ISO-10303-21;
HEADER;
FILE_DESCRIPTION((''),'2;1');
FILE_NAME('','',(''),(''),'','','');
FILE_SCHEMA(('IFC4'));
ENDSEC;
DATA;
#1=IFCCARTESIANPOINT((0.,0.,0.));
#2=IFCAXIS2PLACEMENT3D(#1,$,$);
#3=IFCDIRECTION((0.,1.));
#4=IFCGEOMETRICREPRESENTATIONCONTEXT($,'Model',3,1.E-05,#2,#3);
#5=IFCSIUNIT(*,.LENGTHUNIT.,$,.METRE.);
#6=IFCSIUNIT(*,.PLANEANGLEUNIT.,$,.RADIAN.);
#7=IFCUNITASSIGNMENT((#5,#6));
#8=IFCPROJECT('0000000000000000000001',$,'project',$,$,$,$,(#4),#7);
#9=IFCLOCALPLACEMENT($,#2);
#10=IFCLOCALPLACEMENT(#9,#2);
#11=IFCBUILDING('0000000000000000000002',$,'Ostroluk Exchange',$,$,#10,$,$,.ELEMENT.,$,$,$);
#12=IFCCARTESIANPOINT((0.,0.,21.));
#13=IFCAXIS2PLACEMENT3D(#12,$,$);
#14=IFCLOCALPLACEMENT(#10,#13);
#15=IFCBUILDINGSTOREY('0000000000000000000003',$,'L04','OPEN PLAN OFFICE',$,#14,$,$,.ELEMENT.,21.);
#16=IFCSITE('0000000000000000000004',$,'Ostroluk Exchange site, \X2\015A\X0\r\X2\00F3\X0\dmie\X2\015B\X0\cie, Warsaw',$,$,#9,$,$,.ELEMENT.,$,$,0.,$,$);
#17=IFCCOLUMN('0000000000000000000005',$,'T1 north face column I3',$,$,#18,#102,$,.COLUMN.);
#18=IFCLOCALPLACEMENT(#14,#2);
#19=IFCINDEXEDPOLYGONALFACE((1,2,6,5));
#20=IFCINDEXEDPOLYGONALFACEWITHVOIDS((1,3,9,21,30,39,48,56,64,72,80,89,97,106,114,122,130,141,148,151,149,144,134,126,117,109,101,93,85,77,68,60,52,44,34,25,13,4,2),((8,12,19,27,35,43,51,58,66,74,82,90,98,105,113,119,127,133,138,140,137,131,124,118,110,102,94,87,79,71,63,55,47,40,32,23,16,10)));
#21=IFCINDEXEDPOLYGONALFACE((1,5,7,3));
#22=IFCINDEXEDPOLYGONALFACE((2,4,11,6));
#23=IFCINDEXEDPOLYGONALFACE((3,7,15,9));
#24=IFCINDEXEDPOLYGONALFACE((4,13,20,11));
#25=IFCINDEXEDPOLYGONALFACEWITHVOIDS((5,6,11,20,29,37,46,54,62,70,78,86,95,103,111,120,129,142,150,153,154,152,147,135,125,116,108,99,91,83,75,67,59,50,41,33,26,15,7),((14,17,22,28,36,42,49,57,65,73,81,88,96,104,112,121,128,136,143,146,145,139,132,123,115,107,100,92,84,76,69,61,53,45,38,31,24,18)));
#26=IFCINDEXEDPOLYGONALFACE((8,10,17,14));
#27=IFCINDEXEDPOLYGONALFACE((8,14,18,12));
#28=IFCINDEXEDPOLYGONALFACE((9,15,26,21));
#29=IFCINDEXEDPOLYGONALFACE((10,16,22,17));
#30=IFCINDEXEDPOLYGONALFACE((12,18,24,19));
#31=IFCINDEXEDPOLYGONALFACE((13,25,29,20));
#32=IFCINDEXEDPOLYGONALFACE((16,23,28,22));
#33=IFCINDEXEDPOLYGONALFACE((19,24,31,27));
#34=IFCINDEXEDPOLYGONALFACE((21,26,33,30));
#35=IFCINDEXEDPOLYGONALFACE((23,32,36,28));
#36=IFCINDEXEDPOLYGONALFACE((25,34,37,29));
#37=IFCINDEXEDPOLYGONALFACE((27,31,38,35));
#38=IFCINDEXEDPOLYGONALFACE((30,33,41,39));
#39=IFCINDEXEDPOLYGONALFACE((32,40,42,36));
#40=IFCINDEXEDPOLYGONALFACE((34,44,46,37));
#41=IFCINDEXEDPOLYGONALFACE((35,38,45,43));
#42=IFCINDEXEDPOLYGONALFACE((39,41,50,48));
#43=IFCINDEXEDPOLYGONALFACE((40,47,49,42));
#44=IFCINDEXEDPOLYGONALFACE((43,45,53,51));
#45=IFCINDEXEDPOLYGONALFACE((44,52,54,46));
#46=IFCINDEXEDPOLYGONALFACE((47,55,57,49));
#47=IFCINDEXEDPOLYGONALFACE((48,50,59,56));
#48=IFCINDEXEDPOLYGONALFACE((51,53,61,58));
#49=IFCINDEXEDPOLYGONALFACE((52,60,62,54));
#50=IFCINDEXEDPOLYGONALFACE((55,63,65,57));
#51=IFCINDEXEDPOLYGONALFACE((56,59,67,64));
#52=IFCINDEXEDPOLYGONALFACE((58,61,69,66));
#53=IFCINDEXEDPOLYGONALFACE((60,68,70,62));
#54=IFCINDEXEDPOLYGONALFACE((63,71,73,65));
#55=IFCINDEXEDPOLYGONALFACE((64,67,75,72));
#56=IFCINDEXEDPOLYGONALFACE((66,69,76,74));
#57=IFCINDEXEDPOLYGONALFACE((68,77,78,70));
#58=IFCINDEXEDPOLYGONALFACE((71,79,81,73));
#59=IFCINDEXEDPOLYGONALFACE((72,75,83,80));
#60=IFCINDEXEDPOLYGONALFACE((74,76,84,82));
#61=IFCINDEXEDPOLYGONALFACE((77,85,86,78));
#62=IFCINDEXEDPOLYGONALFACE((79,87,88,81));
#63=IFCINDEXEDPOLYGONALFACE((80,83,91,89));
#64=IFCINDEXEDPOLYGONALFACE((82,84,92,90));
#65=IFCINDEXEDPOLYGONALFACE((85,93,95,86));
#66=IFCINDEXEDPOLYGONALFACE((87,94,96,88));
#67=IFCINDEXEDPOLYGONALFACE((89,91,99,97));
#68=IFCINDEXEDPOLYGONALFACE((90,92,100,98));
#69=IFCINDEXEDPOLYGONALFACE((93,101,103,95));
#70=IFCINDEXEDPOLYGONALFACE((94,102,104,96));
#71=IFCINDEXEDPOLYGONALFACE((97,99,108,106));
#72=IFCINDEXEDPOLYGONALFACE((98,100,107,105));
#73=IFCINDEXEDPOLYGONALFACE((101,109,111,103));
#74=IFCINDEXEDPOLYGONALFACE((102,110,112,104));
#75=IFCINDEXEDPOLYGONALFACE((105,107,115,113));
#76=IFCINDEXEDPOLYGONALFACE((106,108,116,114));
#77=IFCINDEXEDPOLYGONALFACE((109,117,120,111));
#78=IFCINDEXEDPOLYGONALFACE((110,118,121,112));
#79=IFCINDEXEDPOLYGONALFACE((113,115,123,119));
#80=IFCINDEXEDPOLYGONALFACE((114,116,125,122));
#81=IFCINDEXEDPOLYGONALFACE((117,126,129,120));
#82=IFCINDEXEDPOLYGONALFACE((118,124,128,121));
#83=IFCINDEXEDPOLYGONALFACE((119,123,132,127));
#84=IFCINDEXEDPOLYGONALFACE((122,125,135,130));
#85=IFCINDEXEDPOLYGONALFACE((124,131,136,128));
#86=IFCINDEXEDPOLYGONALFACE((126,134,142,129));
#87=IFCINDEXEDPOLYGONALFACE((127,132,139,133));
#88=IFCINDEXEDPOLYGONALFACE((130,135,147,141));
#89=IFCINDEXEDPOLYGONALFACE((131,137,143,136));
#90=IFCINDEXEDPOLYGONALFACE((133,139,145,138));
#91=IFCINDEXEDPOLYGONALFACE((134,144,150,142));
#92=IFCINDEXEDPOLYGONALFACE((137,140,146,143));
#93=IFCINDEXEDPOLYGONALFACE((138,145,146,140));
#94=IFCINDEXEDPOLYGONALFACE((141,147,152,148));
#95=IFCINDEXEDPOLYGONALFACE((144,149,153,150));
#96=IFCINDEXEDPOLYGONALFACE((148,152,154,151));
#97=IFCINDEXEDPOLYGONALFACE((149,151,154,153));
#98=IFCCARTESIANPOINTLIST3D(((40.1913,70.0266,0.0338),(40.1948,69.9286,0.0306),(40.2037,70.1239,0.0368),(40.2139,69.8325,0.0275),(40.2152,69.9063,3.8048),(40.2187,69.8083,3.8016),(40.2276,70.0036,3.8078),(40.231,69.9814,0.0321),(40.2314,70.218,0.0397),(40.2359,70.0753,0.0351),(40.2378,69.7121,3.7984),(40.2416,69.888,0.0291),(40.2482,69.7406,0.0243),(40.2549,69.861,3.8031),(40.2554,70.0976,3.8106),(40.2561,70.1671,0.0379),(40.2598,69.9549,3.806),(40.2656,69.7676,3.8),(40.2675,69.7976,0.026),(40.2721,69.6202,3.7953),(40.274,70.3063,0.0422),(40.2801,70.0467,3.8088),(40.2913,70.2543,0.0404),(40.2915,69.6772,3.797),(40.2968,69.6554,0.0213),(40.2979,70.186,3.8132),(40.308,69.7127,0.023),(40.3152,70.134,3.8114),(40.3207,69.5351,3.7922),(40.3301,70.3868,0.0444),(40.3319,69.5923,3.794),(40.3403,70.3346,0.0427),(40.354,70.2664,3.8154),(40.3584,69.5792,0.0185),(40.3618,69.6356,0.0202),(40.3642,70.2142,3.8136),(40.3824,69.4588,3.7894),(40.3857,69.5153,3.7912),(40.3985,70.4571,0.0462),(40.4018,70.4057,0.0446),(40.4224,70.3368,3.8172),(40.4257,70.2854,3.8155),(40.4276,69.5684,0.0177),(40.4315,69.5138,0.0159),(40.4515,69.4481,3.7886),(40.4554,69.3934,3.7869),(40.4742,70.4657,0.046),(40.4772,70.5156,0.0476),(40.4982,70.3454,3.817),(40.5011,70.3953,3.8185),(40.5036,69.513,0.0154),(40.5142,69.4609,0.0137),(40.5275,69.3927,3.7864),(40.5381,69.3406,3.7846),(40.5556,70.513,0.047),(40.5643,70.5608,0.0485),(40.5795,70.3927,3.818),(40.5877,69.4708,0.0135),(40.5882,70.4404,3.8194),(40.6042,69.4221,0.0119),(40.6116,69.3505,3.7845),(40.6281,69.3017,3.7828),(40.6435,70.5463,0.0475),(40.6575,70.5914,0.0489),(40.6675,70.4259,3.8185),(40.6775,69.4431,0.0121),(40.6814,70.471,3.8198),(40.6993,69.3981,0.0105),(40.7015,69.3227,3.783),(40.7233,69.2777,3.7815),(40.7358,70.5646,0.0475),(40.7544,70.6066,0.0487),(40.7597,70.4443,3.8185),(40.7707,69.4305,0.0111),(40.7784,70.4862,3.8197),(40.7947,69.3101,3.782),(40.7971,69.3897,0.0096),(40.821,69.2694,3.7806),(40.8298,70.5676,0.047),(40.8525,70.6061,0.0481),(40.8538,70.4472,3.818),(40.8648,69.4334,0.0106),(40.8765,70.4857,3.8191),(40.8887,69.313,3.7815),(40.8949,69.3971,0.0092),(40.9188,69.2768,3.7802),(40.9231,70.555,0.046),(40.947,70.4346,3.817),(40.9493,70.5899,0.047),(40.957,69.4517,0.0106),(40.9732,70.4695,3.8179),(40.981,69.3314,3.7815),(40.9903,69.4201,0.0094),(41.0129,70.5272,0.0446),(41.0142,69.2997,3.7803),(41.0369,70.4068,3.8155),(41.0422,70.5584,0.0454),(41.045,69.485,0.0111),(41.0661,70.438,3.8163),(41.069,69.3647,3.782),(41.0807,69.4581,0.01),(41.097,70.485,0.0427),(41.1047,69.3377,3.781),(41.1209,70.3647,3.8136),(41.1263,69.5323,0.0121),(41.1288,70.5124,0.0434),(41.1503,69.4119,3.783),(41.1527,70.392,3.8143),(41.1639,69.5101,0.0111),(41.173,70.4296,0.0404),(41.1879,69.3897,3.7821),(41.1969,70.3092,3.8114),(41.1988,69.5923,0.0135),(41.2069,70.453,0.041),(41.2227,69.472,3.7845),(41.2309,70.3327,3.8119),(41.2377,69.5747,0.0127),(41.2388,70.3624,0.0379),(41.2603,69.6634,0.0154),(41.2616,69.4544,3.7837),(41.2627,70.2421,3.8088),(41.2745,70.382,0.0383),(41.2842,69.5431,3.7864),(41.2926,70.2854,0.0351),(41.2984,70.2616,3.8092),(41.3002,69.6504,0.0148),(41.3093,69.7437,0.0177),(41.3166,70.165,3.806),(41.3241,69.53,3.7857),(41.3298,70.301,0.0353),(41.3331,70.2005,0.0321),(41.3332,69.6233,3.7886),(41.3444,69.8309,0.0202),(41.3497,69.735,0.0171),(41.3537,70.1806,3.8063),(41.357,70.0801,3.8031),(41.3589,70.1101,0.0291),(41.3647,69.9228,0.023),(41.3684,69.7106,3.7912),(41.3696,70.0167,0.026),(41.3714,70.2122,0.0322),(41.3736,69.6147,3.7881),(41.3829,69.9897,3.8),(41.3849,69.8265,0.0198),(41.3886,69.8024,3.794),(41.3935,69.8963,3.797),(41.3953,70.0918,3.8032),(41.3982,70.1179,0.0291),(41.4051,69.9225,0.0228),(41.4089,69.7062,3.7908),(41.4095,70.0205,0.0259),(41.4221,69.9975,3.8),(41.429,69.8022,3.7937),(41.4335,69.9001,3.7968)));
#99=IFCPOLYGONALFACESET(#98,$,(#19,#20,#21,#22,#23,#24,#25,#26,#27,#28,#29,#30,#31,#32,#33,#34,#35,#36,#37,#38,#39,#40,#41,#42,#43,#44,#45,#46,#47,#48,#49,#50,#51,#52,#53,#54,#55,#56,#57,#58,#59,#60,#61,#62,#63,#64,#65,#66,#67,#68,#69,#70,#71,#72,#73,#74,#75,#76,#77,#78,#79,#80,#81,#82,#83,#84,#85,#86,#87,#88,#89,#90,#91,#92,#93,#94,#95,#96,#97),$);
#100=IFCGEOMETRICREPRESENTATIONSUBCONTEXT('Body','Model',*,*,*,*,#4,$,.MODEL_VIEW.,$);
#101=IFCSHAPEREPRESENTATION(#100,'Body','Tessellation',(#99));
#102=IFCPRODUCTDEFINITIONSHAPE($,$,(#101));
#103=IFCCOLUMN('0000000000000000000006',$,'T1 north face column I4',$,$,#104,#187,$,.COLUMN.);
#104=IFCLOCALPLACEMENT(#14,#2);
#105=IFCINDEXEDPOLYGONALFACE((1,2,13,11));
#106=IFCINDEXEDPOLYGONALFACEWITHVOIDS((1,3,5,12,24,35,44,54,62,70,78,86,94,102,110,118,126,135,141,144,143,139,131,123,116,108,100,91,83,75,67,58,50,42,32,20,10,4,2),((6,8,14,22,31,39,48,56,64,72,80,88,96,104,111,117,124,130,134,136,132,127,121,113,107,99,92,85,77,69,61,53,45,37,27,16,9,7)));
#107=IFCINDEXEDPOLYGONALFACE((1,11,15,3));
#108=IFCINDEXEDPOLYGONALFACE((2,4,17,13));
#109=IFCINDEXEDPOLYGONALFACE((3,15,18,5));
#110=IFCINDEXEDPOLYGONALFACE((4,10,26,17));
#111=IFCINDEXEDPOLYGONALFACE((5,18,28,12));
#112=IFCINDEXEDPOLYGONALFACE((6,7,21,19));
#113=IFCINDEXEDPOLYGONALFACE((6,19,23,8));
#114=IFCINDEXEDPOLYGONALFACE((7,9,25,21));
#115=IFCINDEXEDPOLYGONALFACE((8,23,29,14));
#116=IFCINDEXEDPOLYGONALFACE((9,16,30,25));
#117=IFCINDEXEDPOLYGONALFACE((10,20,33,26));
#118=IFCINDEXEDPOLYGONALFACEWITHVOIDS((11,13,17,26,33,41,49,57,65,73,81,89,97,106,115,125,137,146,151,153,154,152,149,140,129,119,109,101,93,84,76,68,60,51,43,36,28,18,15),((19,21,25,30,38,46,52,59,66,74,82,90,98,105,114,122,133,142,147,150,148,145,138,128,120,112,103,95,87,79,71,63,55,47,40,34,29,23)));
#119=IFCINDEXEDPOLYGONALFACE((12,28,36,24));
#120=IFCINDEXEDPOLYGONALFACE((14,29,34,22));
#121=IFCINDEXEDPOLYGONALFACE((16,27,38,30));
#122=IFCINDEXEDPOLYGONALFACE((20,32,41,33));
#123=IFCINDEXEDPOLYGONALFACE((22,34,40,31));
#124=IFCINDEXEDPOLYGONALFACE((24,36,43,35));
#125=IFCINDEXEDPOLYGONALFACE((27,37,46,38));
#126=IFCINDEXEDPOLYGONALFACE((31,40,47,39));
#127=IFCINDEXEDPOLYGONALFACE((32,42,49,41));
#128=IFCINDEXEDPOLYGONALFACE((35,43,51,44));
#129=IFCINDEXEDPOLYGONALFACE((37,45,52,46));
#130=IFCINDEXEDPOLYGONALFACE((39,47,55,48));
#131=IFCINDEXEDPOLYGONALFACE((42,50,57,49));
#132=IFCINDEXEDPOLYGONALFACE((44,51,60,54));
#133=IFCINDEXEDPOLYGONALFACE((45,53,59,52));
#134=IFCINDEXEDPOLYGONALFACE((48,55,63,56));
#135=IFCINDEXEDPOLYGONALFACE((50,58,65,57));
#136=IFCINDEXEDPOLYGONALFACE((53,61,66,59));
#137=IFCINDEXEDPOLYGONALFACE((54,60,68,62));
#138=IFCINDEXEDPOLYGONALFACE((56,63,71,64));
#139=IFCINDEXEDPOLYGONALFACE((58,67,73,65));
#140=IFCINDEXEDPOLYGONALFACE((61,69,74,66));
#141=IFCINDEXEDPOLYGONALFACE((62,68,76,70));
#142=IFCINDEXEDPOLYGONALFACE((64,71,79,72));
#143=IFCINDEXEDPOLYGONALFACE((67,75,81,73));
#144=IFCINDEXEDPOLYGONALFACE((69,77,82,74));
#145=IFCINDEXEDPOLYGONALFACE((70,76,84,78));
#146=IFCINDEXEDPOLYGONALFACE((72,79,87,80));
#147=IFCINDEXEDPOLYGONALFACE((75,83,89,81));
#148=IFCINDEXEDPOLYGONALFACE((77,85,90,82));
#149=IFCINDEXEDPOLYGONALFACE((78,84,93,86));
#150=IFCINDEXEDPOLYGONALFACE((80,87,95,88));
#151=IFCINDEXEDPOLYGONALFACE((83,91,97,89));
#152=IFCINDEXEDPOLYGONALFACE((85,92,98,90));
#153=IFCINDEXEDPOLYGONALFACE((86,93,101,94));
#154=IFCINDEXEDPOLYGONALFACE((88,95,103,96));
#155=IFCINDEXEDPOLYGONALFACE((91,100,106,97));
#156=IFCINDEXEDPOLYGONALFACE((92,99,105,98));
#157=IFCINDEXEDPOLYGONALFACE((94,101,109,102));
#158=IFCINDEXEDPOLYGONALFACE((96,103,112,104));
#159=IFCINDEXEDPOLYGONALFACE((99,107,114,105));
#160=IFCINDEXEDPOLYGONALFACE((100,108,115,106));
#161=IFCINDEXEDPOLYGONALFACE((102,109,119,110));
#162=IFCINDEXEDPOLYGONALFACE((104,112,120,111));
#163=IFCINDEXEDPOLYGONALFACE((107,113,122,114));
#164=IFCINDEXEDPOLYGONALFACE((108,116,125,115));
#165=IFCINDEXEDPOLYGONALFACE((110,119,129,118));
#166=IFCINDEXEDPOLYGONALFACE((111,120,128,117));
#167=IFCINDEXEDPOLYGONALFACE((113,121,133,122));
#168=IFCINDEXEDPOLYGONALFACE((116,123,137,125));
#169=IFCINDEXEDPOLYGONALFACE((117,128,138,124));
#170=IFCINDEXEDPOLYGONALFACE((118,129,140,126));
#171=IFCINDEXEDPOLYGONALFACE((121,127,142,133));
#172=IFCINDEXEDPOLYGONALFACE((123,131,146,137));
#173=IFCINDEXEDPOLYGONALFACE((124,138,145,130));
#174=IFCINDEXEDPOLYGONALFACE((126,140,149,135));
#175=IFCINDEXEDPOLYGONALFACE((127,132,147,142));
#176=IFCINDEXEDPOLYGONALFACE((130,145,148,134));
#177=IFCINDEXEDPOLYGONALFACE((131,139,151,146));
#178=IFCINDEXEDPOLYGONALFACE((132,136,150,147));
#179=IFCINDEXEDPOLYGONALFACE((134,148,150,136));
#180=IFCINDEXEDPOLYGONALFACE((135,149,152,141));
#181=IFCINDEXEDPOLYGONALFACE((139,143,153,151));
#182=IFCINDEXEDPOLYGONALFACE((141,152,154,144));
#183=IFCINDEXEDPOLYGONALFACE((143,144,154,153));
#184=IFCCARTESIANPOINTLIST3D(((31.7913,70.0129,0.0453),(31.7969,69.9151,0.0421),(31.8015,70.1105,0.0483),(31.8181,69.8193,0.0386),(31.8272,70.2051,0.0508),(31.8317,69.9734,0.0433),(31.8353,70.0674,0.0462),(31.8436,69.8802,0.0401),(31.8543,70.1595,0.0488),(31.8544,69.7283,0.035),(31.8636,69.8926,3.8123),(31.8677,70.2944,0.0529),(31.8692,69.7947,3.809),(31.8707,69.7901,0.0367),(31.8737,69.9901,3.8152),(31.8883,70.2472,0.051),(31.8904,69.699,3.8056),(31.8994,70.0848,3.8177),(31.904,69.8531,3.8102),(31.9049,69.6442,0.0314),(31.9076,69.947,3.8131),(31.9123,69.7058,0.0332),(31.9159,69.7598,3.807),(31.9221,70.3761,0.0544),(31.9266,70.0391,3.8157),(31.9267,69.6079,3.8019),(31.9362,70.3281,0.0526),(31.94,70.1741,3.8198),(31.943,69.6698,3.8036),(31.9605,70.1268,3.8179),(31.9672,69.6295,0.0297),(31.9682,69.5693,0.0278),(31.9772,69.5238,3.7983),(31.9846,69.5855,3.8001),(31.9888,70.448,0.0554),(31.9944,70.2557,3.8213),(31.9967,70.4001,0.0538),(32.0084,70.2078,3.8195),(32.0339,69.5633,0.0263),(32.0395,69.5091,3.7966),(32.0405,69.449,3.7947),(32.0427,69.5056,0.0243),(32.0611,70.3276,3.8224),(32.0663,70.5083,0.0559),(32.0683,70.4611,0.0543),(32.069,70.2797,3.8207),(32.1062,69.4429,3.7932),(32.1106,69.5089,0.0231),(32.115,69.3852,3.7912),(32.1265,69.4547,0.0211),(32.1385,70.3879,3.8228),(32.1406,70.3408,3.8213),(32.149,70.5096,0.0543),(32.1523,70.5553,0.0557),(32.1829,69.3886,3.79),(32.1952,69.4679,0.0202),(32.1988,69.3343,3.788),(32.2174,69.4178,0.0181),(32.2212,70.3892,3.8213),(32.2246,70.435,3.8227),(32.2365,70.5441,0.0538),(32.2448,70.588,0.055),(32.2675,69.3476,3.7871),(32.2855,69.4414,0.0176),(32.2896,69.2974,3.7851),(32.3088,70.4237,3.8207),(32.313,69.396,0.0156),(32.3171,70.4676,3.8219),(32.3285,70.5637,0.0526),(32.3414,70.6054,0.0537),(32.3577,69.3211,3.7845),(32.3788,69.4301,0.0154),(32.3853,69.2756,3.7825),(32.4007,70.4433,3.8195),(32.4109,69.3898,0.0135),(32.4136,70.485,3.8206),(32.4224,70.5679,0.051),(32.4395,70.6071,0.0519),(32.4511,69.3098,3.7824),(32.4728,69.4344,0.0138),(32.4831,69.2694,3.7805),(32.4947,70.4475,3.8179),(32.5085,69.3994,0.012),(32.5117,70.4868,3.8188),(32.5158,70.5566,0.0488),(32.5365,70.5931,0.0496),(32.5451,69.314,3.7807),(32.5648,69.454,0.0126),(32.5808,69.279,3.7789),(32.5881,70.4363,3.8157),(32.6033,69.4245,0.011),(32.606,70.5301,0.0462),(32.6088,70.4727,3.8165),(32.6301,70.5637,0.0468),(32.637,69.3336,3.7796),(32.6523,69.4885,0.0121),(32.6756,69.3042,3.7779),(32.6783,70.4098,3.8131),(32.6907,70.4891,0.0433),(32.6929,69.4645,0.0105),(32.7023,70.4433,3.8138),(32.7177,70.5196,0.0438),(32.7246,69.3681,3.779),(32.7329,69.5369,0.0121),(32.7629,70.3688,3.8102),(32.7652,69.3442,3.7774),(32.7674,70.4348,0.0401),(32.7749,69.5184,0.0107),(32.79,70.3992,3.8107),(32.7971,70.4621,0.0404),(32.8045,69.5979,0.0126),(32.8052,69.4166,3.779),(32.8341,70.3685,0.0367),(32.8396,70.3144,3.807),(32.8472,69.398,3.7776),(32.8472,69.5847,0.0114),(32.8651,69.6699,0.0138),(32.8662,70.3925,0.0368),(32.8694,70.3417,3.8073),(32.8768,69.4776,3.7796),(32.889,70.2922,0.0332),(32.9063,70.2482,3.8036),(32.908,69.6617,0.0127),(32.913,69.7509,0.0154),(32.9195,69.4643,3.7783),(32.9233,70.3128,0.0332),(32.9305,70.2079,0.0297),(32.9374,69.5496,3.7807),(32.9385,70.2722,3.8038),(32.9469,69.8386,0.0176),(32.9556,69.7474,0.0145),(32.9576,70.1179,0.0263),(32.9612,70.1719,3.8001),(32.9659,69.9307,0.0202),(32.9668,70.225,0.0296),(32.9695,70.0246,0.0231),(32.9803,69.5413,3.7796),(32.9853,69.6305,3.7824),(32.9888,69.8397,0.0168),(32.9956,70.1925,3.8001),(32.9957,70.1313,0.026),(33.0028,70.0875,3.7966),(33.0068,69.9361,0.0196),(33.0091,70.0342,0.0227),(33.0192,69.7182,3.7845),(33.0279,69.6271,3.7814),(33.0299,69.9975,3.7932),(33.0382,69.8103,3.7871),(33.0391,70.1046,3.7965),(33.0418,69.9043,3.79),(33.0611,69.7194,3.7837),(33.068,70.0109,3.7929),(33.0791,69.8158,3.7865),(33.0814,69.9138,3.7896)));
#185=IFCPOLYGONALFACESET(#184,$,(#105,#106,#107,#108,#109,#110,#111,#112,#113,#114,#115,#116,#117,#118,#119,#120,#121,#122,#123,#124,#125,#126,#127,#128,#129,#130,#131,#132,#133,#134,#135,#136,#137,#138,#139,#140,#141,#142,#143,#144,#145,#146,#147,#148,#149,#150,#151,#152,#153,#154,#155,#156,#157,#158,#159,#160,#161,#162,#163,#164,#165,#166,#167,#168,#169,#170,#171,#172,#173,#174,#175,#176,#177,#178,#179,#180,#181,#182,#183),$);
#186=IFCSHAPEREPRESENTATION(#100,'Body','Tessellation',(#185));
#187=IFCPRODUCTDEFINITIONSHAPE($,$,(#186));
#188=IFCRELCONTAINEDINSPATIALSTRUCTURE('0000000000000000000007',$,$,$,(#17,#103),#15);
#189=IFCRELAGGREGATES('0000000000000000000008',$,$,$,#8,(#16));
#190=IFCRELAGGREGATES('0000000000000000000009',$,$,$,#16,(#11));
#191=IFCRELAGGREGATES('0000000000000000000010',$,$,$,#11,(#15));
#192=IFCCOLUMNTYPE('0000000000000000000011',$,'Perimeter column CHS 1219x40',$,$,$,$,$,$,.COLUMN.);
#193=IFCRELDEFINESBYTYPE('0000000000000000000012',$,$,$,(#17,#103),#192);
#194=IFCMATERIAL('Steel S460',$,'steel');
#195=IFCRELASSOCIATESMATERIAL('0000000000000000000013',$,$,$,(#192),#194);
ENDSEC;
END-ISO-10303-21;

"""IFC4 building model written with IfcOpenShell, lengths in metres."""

from ifc_helpers import new_model, si_unit, direction, frame, origin, origin_2d, place, context, subcontext, project, spatial, hollow_circle, extrude, material, material_profile, profile_set, type_object, element, save


model = new_model("IFC4")

# Units and contexts
model_context = context("Model", 3, precision=1e-05, world=origin(), true_north=direction((0.0, 1.0)))
body_context = subcontext(model_context, "Body", "Model", "MODEL_VIEW")
ifc_project = project(units=[si_unit("LENGTHUNIT", "METRE"), si_unit("PLANEANGLEUNIT", "RADIAN")], contexts=[model_context])

# Site, building, storey
site_placement = place(None, origin())
site = spatial("IfcSite", under=ifc_project, at=site_placement, Name="Ostroluk Exchange site, Śródmieście, Warsaw", CompositionType="ELEMENT", RefElevation=0.0)
building_placement = place(site_placement, origin())
building = spatial("IfcBuilding", under=site, at=building_placement, Name="Ostroluk Exchange", CompositionType="ELEMENT")
storey_placement = place(building_placement, frame((0.0, 0.0, 21.0)))
storey = spatial("IfcBuildingStorey", under=building, at=storey_placement, Name="L04", Description="OPEN PLAN OFFICE", CompositionType="ELEMENT", Elevation=21.0)

# Columns
ifc_material_1 = material(Name="Steel S460", Category="steel")
ifc_material_profile_1 = material_profile(ifc_material_1, hollow_circle(Radius=0.6096, WallThickness=0.04, at=origin_2d()), Name="CHS 1219x40")
ifc_profile_set_1 = profile_set([ifc_material_profile_1], Name="Steel S460")
column_type = type_object("IfcColumnType", Name="Perimeter column CHS 1219x40", PredefinedType="COLUMN", material=ifc_profile_set_1)
column_1_placement = place(storey_placement, frame((40.8003, 69.999, 0.0291), z_axis=(0.006341, -0.031901, 0.999471), x_axis=(0.98081, 0.194968, 0.0)))
element("IfcColumn", 1, at=column_1_placement, inside=storey, type_object=column_type, Name="T1 north face column I3", PredefinedType="COLUMN", context=body_context, shape_type="SweptSolid", body=[
    extrude(hollow_circle(Radius=0.6096, WallThickness=0.04, at=origin_2d()), origin(), (0.0, 0.0, 1.0), 3.7729),
])
column_2_placement = place(storey_placement, frame((32.4006, 69.999, 0.0332), z_axis=(0.019171, -0.031931, 0.999306), x_axis=(0.857339, 0.514751, 0.0)))
element("IfcColumn", 2, at=column_2_placement, inside=storey, type_object=column_type, Name="T1 north face column I4", PredefinedType="COLUMN", context=body_context, shape_type="SweptSolid", body=[
    extrude(hollow_circle(Radius=0.6096, WallThickness=0.04, at=origin_2d()), origin(), (0.0, 0.0, 1.0), 3.7695),
])

save(model, "model.ifc")
